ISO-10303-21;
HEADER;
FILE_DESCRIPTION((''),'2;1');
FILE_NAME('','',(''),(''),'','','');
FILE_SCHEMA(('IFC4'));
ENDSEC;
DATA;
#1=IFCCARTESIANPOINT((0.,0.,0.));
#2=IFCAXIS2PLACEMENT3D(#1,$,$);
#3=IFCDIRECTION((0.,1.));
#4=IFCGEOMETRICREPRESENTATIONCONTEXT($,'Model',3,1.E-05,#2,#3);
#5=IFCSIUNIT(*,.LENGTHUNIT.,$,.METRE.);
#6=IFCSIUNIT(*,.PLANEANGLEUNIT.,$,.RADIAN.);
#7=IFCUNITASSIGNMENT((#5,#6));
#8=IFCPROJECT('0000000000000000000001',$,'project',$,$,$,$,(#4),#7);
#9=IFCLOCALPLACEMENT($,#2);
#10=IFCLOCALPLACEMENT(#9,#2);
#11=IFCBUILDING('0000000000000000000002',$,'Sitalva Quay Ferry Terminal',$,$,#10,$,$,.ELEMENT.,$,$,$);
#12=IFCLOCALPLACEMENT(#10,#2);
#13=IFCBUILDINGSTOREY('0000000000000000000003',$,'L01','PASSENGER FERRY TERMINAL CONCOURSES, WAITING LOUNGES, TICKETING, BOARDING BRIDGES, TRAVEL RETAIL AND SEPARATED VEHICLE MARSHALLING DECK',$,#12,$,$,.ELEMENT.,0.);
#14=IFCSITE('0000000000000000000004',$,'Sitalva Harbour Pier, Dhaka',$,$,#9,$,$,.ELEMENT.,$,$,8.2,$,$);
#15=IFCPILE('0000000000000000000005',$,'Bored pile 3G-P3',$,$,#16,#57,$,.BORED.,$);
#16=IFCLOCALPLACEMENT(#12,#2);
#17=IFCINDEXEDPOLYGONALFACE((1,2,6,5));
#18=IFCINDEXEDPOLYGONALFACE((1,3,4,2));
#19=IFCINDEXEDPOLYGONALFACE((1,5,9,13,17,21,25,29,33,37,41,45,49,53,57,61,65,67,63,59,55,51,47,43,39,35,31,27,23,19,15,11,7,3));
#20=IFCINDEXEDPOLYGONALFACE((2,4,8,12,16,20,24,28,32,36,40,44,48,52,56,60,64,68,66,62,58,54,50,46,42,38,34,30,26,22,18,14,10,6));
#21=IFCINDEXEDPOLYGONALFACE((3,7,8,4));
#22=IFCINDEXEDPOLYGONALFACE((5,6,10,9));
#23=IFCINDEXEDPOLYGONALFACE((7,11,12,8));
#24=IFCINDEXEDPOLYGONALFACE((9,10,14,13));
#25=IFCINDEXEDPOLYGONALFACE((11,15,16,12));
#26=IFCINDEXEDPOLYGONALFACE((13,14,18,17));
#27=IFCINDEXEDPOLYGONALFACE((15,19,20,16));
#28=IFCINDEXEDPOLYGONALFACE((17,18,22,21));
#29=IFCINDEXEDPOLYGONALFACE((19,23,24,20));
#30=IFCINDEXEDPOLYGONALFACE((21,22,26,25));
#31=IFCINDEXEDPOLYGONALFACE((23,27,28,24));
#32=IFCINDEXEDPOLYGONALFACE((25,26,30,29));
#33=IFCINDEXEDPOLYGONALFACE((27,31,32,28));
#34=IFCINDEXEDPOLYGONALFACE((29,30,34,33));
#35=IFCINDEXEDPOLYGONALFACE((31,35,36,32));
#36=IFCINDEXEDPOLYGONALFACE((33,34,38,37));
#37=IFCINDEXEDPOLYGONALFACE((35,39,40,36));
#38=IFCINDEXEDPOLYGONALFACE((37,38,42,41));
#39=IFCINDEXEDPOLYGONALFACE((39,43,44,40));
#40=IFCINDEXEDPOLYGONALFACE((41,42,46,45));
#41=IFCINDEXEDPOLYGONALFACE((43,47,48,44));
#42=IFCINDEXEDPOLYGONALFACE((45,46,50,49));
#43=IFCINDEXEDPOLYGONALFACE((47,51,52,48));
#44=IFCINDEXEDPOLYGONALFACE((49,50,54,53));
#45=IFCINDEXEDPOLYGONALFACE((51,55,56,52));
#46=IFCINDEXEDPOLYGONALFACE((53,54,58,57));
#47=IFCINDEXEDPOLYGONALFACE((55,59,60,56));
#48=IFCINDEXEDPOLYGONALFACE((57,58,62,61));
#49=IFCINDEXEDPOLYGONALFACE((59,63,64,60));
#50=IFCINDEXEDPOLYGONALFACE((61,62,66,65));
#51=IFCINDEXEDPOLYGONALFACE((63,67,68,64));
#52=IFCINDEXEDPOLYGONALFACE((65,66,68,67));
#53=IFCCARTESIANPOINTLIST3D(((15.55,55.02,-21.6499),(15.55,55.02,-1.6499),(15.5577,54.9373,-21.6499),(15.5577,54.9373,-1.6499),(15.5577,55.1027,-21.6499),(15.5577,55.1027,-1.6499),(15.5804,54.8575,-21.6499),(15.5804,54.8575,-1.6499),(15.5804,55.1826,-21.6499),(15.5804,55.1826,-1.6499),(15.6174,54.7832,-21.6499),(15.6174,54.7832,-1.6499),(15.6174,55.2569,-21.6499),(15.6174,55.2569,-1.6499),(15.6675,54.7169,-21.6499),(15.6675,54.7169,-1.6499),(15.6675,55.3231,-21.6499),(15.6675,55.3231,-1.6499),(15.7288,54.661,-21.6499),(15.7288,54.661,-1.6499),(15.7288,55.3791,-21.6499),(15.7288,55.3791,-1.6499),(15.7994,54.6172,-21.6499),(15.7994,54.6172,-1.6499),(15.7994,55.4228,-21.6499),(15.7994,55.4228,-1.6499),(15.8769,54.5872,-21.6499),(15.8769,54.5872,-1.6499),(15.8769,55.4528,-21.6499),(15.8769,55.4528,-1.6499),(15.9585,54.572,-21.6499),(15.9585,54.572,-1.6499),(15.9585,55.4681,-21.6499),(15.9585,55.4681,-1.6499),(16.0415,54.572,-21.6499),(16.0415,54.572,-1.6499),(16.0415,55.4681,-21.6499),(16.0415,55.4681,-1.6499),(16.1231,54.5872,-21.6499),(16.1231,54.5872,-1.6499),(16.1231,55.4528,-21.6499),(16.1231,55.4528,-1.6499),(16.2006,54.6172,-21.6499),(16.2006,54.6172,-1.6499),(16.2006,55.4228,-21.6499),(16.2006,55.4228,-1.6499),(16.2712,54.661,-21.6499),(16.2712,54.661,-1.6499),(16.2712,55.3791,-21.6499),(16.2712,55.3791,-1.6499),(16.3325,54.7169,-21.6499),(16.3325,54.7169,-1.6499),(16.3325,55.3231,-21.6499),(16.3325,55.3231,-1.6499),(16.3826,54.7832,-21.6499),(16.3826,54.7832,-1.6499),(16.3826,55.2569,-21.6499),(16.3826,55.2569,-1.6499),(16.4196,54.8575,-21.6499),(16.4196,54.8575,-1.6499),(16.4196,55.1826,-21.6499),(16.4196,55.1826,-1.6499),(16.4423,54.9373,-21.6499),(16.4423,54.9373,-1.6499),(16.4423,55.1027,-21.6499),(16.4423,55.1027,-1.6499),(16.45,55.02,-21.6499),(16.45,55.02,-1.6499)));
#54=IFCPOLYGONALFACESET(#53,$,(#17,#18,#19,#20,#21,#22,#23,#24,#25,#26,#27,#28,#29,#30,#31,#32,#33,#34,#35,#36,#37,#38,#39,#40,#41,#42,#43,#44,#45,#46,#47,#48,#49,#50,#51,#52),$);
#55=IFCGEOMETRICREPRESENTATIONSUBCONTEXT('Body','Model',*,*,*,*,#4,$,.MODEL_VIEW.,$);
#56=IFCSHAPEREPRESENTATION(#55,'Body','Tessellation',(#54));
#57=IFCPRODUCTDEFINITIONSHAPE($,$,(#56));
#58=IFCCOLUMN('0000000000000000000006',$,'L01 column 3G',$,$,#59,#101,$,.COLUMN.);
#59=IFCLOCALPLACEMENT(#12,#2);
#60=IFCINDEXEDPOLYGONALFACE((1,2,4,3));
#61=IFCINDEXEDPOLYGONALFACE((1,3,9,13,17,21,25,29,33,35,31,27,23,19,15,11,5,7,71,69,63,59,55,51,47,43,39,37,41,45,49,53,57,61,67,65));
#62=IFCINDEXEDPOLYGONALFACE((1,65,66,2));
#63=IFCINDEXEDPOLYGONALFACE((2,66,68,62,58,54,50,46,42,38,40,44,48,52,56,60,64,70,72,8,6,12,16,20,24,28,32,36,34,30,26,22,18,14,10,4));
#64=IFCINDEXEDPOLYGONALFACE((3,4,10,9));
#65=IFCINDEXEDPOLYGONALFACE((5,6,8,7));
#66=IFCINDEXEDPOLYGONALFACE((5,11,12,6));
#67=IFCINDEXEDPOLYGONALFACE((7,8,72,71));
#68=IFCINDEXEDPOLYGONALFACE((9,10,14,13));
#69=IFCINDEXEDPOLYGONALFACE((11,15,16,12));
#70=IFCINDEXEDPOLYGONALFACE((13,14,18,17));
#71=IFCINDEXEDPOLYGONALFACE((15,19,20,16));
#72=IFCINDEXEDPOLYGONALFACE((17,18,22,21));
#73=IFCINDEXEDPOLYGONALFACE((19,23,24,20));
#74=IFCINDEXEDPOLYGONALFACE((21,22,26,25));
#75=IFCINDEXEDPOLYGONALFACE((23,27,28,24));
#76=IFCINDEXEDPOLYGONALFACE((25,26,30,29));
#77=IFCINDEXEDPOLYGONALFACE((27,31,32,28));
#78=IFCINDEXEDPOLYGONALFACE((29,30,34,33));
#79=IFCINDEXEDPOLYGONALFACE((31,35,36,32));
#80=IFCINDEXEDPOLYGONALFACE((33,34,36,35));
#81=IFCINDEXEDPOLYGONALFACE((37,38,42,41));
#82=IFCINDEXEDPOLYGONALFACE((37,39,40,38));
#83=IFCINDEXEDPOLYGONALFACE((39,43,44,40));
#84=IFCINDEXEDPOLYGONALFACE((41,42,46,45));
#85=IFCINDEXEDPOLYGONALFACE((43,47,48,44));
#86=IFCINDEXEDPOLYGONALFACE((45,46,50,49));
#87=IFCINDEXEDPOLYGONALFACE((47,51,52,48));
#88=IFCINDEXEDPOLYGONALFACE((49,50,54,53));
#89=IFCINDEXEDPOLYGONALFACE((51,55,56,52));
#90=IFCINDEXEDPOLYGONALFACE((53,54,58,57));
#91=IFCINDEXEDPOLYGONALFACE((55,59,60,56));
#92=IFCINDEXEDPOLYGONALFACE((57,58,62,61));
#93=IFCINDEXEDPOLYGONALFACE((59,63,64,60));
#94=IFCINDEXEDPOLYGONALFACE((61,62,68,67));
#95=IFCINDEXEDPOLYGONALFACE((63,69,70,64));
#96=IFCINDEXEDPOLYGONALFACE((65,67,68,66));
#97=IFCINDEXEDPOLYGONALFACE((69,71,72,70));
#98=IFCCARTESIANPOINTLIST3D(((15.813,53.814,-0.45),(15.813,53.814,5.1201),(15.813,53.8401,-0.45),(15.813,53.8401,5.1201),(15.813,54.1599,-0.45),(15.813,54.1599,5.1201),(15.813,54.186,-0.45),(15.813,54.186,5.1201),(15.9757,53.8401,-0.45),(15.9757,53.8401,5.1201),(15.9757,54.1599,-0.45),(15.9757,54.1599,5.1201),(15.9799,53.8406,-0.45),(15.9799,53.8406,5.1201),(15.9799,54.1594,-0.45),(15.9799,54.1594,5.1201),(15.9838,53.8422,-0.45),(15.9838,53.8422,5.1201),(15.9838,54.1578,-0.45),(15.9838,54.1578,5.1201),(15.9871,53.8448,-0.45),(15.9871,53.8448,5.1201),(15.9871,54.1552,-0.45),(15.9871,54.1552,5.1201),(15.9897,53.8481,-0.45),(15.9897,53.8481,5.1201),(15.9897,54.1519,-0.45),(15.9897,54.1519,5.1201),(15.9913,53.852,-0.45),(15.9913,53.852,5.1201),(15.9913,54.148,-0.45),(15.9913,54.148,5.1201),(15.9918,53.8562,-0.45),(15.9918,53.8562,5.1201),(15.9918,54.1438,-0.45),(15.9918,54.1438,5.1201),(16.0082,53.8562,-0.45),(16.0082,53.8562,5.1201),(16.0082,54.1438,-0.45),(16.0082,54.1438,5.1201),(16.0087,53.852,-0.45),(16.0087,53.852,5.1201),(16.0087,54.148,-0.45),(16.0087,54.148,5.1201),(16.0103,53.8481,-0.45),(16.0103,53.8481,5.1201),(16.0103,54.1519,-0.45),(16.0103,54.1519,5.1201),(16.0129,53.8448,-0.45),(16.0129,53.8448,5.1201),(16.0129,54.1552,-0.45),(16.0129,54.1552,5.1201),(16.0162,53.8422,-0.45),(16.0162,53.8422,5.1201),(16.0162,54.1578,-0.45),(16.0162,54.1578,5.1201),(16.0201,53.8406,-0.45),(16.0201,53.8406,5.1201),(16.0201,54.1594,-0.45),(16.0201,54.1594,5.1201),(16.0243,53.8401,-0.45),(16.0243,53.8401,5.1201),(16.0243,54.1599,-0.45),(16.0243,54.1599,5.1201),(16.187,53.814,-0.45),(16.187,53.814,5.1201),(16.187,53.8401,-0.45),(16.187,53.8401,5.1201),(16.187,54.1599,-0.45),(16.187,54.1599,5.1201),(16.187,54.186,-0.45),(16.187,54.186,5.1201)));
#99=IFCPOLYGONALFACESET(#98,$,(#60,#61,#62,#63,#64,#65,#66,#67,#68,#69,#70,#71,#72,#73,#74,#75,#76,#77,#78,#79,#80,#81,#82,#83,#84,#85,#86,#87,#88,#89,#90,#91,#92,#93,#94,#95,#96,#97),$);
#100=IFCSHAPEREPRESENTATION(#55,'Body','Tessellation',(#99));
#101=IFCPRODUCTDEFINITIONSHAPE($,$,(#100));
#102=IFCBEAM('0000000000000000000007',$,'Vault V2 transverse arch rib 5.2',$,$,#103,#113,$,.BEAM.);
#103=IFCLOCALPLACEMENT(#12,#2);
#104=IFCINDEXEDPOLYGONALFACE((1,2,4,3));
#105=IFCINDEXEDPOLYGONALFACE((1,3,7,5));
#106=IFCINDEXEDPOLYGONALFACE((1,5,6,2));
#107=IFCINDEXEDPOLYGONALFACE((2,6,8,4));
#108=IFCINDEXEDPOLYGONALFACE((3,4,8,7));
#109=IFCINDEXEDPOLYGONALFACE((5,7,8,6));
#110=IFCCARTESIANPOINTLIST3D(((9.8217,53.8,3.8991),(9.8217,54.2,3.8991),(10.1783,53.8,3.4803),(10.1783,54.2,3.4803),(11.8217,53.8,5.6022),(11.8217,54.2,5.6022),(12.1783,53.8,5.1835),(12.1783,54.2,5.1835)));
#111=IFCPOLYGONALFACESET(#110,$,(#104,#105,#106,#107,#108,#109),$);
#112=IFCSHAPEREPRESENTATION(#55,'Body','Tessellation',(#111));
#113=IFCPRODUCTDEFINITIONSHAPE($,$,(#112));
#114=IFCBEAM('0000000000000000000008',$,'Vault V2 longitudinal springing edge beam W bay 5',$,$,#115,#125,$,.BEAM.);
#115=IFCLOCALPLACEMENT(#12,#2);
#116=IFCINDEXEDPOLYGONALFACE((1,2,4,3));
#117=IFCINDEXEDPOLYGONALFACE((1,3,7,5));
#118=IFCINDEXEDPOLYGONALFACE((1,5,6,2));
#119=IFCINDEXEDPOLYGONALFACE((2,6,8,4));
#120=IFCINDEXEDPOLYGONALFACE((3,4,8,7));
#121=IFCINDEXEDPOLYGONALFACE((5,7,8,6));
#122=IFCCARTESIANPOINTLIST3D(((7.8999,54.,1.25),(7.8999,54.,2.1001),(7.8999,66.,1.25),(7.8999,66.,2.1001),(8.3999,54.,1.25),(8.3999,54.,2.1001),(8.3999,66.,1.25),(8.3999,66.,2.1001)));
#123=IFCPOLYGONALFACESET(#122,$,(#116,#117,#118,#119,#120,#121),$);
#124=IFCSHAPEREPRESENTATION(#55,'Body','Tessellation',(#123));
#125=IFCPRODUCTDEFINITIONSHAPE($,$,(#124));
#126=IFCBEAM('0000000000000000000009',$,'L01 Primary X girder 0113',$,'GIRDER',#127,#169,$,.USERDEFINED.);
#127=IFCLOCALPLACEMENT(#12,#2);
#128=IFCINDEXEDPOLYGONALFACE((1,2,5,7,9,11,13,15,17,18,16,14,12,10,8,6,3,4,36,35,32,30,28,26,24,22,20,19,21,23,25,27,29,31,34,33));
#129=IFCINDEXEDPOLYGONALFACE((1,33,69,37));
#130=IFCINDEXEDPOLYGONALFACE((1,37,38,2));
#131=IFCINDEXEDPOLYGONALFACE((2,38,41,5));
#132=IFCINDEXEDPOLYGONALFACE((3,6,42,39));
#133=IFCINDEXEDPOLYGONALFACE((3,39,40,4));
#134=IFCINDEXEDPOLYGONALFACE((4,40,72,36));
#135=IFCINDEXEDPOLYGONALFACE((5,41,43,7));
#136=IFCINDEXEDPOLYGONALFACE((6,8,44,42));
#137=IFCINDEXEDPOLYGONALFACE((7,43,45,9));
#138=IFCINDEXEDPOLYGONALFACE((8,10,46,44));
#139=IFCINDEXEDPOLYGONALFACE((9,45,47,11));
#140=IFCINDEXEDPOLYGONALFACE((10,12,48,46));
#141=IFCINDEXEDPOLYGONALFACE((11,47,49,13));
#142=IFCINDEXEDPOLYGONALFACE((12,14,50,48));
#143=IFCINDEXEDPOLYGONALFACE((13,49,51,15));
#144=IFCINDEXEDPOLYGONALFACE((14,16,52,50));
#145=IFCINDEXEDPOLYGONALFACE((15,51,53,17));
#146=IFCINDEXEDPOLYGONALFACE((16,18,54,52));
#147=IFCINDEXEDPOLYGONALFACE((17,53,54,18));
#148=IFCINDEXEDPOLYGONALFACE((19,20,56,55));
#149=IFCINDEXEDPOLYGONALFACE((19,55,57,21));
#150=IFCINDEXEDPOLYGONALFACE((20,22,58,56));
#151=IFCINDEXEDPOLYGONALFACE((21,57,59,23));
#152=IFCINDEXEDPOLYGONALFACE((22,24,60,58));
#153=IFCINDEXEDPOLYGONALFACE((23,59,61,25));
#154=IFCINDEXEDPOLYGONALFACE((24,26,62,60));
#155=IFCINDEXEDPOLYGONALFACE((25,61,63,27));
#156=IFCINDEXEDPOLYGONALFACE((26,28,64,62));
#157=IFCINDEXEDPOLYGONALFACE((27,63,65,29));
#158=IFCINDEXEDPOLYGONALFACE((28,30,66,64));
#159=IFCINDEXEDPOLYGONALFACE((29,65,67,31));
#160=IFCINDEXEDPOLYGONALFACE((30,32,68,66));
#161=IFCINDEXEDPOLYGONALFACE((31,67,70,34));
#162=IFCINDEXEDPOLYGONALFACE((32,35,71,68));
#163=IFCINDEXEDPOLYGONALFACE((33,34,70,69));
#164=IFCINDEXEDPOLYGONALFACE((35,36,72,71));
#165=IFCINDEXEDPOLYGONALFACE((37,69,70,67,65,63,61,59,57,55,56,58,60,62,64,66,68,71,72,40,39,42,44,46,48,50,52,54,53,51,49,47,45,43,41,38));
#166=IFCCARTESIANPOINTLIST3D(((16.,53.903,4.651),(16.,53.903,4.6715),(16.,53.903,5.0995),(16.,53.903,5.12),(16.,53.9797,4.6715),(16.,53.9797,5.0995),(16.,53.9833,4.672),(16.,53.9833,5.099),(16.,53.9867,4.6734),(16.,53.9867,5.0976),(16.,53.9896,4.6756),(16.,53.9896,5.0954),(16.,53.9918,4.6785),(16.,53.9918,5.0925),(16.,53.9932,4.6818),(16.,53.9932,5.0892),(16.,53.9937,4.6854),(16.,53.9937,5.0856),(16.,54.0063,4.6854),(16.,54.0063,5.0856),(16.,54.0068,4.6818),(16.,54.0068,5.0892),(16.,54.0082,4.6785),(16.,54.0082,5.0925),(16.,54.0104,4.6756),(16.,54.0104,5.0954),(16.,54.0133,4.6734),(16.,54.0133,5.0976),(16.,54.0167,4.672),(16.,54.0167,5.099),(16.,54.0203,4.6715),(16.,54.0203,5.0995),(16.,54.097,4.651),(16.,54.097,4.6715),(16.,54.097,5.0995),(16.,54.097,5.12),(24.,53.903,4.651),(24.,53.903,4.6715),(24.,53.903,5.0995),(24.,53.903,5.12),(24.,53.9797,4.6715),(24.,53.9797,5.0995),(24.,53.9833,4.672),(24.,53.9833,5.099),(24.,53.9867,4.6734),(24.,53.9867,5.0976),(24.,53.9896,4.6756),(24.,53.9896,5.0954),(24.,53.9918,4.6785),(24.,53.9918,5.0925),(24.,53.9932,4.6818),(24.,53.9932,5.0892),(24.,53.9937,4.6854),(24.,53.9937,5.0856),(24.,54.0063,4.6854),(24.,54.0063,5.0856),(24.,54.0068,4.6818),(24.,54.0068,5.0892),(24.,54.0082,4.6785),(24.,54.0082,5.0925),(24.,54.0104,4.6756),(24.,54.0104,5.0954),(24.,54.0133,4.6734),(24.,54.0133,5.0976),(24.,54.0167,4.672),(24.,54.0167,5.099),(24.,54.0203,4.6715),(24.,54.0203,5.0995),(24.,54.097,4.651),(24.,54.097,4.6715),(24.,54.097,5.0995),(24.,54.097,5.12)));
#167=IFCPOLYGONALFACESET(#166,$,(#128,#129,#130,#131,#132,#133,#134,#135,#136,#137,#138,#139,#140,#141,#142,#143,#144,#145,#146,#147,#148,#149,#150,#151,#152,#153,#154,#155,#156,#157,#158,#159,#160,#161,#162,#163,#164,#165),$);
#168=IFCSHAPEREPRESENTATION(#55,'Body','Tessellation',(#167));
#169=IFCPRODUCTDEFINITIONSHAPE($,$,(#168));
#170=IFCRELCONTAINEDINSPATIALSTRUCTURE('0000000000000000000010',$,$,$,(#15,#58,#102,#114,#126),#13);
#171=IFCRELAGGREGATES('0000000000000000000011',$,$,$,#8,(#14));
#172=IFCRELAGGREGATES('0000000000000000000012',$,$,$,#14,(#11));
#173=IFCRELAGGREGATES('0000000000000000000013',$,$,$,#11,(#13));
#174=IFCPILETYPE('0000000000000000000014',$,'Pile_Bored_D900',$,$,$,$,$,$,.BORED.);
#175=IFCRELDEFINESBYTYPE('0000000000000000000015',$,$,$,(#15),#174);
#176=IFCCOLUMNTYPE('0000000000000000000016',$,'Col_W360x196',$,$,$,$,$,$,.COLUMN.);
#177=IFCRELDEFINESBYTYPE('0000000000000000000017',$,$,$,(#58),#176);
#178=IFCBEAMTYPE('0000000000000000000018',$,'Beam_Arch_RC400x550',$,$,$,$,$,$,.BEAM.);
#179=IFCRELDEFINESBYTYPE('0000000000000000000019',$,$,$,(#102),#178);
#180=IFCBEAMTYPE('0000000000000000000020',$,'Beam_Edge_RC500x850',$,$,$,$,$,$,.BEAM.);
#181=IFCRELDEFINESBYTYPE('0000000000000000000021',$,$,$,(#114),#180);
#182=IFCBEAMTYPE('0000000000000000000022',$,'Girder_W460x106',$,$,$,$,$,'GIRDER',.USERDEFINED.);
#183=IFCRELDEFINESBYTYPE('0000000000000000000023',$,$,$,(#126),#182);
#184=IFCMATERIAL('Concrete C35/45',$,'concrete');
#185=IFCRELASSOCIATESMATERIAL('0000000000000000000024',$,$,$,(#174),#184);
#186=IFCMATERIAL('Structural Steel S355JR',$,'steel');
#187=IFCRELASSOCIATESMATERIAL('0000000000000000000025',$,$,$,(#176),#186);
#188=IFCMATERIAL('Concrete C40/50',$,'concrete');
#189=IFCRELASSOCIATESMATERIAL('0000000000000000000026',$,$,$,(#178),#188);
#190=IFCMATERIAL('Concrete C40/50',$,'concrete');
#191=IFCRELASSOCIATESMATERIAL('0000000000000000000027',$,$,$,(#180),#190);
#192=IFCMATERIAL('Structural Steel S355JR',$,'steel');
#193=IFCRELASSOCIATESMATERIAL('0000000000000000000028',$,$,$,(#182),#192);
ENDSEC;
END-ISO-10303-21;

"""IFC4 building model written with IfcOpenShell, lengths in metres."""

from ifc_helpers import new_model, si_unit, direction, frame, origin, origin_2d, place, context, subcontext, project, spatial, rectangle, circle, i_section, extrude, material, material_profile, profile_set, type_object, element, save


model = new_model("IFC4")

# Units and contexts
model_context = context("Model", 3, precision=1e-05, world=origin(), true_north=direction((0.0, 1.0)))
body_context = subcontext(model_context, "Body", "Model", "MODEL_VIEW")
ifc_project = project(units=[si_unit("LENGTHUNIT", "METRE"), si_unit("PLANEANGLEUNIT", "RADIAN")], contexts=[model_context])

# Site, building, storey
site_placement = place(None, origin())
site = spatial("IfcSite", under=ifc_project, at=site_placement, Name="Sitalva Harbour Pier, Dhaka", CompositionType="ELEMENT", RefElevation=8.2)
building_placement = place(site_placement, origin())
building = spatial("IfcBuilding", under=site, at=building_placement, Name="Sitalva Quay Ferry Terminal", CompositionType="ELEMENT")
storey_placement = place(building_placement, origin())
storey = spatial("IfcBuildingStorey", under=building, at=storey_placement, Name="L01", Description="PASSENGER FERRY TERMINAL CONCOURSES, WAITING LOUNGES, TICKETING, BOARDING BRIDGES, TRAVEL RETAIL AND SEPARATED VEHICLE MARSHALLING DECK", CompositionType="ELEMENT", Elevation=0.0)

# Pile
ifc_material_1 = material(Name="Concrete C35/45", Category="concrete")
ifc_material_profile_1 = material_profile(ifc_material_1, circle(Radius=0.45, at=origin_2d()), Name="PILE-D900")
ifc_profile_set_1 = profile_set([ifc_material_profile_1], Name="Concrete C35/45")
pile_type = type_object("IfcPileType", Name="Pile_Bored_D900", PredefinedType="BORED", material=ifc_profile_set_1)
for number, where, z_axis, x_axis, name in (
    (1, (16.0, 55.02, -1.6499), (0.0, 0.0, -1.0), (1.0, 0.0, 0.0), "Bored pile 3G-P3"),
):
    element("IfcPile", number, at=place(storey_placement, frame(where, z_axis=z_axis, x_axis=x_axis)), inside=storey, type_object=pile_type, Name=name, PredefinedType="BORED", context=body_context, shape_type="SweptSolid", body=[
        extrude(circle(Radius=0.45, at=origin_2d()), origin(), (0.0, 0.0, 1.0), 20.0),
    ])

# Column
ifc_material_2 = material(Name="Structural Steel S355JR", Category="steel")
ifc_material_profile_2 = material_profile(ifc_material_2, i_section(OverallWidth=0.374, OverallDepth=0.3721, WebThickness=0.0164, FlangeThickness=0.0261, FilletRadius=0.0161, at=origin_2d()), Name="W360x196")
ifc_profile_set_2 = profile_set([ifc_material_profile_2], Name="Structural Steel S355JR")
column_type = type_object("IfcColumnType", Name="Col_W360x196", PredefinedType="COLUMN", material=ifc_profile_set_2)
column_placement = place(storey_placement, frame((16.0, 54.0, -0.45), z_axis=(0.0, 0.0, 1.0), x_axis=(1.0, 0.0, 0.0)))
element("IfcColumn", 2, at=column_placement, inside=storey, type_object=column_type, Name="L01 column 3G", PredefinedType="COLUMN", context=body_context, shape_type="SweptSolid", body=[
    extrude(i_section(OverallWidth=0.374, OverallDepth=0.3721, WebThickness=0.0164, FlangeThickness=0.0261, FilletRadius=0.0161, at=origin_2d()), origin(), (0.0, 0.0, 1.0), 5.5701),
])

# Beams
ifc_material_3 = material(Name="Concrete C40/50", Category="concrete")
ifc_material_profile_3 = material_profile(ifc_material_3, rectangle(XDim=0.3999, YDim=0.55, at=origin_2d()), Name="RC400x550")
ifc_profile_set_3 = profile_set([ifc_material_profile_3], Name="Concrete C40/50")
beam_type_1 = type_object("IfcBeamType", Name="Beam_Arch_RC400x550", PredefinedType="BEAM", material=ifc_profile_set_3)
beam_1_placement = place(storey_placement, frame((10.0, 54.0, 3.6897), z_axis=(0.761352, 0.0, 0.648339), x_axis=(0.0, 1.0, 0.0)))
element("IfcBeam", 3, at=beam_1_placement, inside=storey, type_object=beam_type_1, Name="Vault V2 transverse arch rib 5.2", PredefinedType="BEAM", context=body_context, shape_type="SweptSolid", body=[
    extrude(rectangle(XDim=0.3999, YDim=0.55, at=origin_2d()), origin(), (0.0, 0.0, 1.0), 2.627),
])
ifc_material_4 = material(Name="Concrete C40/50", Category="concrete")
ifc_material_profile_4 = material_profile(ifc_material_4, rectangle(XDim=0.5, YDim=0.8501, at=origin_2d()), Name="RC500x850")
ifc_profile_set_4 = profile_set([ifc_material_profile_4], Name="Concrete C40/50")
beam_type_2 = type_object("IfcBeamType", Name="Beam_Edge_RC500x850", PredefinedType="BEAM", material=ifc_profile_set_4)
beam_2_placement = place(storey_placement, frame((8.1499, 54.0, 1.675), z_axis=(0.0, 1.0, 0.0), x_axis=(-1.0, 0.0, 0.0)))
element("IfcBeam", 4, at=beam_2_placement, inside=storey, type_object=beam_type_2, Name="Vault V2 longitudinal springing edge beam W bay 5", PredefinedType="BEAM", context=body_context, shape_type="SweptSolid", body=[
    extrude(rectangle(XDim=0.5, YDim=0.8501, at=origin_2d()), origin(), (0.0, 0.0, 1.0), 12.0),
])
ifc_material_5 = material(Name="Structural Steel S355JR", Category="steel")
ifc_material_profile_5 = material_profile(ifc_material_5, i_section(OverallWidth=0.1941, OverallDepth=0.469, WebThickness=0.0127, FlangeThickness=0.0205, FilletRadius=0.0139, at=origin_2d()), Name="W460x106")
ifc_profile_set_5 = profile_set([ifc_material_profile_5], Name="Structural Steel S355JR")
beam_type_3 = type_object("IfcBeamType", Name="Girder_W460x106", ElementType="GIRDER", PredefinedType="USERDEFINED", material=ifc_profile_set_5)
beam_3_placement = place(storey_placement, frame((16.0, 54.0, 4.8855), z_axis=(1.0, 0.0, 0.0), x_axis=(0.0, 1.0, 0.0)))
element("IfcBeam", 5, at=beam_3_placement, inside=storey, type_object=beam_type_3, Name="L01 Primary X girder 0113", ObjectType="GIRDER", PredefinedType="USERDEFINED", context=body_context, shape_type="SweptSolid", body=[
    extrude(i_section(OverallWidth=0.1941, OverallDepth=0.469, WebThickness=0.0127, FlangeThickness=0.0205, FilletRadius=0.0139, at=origin_2d()), origin(), (0.0, 0.0, 1.0), 8.0),
])

save(model, "model.ifc")
